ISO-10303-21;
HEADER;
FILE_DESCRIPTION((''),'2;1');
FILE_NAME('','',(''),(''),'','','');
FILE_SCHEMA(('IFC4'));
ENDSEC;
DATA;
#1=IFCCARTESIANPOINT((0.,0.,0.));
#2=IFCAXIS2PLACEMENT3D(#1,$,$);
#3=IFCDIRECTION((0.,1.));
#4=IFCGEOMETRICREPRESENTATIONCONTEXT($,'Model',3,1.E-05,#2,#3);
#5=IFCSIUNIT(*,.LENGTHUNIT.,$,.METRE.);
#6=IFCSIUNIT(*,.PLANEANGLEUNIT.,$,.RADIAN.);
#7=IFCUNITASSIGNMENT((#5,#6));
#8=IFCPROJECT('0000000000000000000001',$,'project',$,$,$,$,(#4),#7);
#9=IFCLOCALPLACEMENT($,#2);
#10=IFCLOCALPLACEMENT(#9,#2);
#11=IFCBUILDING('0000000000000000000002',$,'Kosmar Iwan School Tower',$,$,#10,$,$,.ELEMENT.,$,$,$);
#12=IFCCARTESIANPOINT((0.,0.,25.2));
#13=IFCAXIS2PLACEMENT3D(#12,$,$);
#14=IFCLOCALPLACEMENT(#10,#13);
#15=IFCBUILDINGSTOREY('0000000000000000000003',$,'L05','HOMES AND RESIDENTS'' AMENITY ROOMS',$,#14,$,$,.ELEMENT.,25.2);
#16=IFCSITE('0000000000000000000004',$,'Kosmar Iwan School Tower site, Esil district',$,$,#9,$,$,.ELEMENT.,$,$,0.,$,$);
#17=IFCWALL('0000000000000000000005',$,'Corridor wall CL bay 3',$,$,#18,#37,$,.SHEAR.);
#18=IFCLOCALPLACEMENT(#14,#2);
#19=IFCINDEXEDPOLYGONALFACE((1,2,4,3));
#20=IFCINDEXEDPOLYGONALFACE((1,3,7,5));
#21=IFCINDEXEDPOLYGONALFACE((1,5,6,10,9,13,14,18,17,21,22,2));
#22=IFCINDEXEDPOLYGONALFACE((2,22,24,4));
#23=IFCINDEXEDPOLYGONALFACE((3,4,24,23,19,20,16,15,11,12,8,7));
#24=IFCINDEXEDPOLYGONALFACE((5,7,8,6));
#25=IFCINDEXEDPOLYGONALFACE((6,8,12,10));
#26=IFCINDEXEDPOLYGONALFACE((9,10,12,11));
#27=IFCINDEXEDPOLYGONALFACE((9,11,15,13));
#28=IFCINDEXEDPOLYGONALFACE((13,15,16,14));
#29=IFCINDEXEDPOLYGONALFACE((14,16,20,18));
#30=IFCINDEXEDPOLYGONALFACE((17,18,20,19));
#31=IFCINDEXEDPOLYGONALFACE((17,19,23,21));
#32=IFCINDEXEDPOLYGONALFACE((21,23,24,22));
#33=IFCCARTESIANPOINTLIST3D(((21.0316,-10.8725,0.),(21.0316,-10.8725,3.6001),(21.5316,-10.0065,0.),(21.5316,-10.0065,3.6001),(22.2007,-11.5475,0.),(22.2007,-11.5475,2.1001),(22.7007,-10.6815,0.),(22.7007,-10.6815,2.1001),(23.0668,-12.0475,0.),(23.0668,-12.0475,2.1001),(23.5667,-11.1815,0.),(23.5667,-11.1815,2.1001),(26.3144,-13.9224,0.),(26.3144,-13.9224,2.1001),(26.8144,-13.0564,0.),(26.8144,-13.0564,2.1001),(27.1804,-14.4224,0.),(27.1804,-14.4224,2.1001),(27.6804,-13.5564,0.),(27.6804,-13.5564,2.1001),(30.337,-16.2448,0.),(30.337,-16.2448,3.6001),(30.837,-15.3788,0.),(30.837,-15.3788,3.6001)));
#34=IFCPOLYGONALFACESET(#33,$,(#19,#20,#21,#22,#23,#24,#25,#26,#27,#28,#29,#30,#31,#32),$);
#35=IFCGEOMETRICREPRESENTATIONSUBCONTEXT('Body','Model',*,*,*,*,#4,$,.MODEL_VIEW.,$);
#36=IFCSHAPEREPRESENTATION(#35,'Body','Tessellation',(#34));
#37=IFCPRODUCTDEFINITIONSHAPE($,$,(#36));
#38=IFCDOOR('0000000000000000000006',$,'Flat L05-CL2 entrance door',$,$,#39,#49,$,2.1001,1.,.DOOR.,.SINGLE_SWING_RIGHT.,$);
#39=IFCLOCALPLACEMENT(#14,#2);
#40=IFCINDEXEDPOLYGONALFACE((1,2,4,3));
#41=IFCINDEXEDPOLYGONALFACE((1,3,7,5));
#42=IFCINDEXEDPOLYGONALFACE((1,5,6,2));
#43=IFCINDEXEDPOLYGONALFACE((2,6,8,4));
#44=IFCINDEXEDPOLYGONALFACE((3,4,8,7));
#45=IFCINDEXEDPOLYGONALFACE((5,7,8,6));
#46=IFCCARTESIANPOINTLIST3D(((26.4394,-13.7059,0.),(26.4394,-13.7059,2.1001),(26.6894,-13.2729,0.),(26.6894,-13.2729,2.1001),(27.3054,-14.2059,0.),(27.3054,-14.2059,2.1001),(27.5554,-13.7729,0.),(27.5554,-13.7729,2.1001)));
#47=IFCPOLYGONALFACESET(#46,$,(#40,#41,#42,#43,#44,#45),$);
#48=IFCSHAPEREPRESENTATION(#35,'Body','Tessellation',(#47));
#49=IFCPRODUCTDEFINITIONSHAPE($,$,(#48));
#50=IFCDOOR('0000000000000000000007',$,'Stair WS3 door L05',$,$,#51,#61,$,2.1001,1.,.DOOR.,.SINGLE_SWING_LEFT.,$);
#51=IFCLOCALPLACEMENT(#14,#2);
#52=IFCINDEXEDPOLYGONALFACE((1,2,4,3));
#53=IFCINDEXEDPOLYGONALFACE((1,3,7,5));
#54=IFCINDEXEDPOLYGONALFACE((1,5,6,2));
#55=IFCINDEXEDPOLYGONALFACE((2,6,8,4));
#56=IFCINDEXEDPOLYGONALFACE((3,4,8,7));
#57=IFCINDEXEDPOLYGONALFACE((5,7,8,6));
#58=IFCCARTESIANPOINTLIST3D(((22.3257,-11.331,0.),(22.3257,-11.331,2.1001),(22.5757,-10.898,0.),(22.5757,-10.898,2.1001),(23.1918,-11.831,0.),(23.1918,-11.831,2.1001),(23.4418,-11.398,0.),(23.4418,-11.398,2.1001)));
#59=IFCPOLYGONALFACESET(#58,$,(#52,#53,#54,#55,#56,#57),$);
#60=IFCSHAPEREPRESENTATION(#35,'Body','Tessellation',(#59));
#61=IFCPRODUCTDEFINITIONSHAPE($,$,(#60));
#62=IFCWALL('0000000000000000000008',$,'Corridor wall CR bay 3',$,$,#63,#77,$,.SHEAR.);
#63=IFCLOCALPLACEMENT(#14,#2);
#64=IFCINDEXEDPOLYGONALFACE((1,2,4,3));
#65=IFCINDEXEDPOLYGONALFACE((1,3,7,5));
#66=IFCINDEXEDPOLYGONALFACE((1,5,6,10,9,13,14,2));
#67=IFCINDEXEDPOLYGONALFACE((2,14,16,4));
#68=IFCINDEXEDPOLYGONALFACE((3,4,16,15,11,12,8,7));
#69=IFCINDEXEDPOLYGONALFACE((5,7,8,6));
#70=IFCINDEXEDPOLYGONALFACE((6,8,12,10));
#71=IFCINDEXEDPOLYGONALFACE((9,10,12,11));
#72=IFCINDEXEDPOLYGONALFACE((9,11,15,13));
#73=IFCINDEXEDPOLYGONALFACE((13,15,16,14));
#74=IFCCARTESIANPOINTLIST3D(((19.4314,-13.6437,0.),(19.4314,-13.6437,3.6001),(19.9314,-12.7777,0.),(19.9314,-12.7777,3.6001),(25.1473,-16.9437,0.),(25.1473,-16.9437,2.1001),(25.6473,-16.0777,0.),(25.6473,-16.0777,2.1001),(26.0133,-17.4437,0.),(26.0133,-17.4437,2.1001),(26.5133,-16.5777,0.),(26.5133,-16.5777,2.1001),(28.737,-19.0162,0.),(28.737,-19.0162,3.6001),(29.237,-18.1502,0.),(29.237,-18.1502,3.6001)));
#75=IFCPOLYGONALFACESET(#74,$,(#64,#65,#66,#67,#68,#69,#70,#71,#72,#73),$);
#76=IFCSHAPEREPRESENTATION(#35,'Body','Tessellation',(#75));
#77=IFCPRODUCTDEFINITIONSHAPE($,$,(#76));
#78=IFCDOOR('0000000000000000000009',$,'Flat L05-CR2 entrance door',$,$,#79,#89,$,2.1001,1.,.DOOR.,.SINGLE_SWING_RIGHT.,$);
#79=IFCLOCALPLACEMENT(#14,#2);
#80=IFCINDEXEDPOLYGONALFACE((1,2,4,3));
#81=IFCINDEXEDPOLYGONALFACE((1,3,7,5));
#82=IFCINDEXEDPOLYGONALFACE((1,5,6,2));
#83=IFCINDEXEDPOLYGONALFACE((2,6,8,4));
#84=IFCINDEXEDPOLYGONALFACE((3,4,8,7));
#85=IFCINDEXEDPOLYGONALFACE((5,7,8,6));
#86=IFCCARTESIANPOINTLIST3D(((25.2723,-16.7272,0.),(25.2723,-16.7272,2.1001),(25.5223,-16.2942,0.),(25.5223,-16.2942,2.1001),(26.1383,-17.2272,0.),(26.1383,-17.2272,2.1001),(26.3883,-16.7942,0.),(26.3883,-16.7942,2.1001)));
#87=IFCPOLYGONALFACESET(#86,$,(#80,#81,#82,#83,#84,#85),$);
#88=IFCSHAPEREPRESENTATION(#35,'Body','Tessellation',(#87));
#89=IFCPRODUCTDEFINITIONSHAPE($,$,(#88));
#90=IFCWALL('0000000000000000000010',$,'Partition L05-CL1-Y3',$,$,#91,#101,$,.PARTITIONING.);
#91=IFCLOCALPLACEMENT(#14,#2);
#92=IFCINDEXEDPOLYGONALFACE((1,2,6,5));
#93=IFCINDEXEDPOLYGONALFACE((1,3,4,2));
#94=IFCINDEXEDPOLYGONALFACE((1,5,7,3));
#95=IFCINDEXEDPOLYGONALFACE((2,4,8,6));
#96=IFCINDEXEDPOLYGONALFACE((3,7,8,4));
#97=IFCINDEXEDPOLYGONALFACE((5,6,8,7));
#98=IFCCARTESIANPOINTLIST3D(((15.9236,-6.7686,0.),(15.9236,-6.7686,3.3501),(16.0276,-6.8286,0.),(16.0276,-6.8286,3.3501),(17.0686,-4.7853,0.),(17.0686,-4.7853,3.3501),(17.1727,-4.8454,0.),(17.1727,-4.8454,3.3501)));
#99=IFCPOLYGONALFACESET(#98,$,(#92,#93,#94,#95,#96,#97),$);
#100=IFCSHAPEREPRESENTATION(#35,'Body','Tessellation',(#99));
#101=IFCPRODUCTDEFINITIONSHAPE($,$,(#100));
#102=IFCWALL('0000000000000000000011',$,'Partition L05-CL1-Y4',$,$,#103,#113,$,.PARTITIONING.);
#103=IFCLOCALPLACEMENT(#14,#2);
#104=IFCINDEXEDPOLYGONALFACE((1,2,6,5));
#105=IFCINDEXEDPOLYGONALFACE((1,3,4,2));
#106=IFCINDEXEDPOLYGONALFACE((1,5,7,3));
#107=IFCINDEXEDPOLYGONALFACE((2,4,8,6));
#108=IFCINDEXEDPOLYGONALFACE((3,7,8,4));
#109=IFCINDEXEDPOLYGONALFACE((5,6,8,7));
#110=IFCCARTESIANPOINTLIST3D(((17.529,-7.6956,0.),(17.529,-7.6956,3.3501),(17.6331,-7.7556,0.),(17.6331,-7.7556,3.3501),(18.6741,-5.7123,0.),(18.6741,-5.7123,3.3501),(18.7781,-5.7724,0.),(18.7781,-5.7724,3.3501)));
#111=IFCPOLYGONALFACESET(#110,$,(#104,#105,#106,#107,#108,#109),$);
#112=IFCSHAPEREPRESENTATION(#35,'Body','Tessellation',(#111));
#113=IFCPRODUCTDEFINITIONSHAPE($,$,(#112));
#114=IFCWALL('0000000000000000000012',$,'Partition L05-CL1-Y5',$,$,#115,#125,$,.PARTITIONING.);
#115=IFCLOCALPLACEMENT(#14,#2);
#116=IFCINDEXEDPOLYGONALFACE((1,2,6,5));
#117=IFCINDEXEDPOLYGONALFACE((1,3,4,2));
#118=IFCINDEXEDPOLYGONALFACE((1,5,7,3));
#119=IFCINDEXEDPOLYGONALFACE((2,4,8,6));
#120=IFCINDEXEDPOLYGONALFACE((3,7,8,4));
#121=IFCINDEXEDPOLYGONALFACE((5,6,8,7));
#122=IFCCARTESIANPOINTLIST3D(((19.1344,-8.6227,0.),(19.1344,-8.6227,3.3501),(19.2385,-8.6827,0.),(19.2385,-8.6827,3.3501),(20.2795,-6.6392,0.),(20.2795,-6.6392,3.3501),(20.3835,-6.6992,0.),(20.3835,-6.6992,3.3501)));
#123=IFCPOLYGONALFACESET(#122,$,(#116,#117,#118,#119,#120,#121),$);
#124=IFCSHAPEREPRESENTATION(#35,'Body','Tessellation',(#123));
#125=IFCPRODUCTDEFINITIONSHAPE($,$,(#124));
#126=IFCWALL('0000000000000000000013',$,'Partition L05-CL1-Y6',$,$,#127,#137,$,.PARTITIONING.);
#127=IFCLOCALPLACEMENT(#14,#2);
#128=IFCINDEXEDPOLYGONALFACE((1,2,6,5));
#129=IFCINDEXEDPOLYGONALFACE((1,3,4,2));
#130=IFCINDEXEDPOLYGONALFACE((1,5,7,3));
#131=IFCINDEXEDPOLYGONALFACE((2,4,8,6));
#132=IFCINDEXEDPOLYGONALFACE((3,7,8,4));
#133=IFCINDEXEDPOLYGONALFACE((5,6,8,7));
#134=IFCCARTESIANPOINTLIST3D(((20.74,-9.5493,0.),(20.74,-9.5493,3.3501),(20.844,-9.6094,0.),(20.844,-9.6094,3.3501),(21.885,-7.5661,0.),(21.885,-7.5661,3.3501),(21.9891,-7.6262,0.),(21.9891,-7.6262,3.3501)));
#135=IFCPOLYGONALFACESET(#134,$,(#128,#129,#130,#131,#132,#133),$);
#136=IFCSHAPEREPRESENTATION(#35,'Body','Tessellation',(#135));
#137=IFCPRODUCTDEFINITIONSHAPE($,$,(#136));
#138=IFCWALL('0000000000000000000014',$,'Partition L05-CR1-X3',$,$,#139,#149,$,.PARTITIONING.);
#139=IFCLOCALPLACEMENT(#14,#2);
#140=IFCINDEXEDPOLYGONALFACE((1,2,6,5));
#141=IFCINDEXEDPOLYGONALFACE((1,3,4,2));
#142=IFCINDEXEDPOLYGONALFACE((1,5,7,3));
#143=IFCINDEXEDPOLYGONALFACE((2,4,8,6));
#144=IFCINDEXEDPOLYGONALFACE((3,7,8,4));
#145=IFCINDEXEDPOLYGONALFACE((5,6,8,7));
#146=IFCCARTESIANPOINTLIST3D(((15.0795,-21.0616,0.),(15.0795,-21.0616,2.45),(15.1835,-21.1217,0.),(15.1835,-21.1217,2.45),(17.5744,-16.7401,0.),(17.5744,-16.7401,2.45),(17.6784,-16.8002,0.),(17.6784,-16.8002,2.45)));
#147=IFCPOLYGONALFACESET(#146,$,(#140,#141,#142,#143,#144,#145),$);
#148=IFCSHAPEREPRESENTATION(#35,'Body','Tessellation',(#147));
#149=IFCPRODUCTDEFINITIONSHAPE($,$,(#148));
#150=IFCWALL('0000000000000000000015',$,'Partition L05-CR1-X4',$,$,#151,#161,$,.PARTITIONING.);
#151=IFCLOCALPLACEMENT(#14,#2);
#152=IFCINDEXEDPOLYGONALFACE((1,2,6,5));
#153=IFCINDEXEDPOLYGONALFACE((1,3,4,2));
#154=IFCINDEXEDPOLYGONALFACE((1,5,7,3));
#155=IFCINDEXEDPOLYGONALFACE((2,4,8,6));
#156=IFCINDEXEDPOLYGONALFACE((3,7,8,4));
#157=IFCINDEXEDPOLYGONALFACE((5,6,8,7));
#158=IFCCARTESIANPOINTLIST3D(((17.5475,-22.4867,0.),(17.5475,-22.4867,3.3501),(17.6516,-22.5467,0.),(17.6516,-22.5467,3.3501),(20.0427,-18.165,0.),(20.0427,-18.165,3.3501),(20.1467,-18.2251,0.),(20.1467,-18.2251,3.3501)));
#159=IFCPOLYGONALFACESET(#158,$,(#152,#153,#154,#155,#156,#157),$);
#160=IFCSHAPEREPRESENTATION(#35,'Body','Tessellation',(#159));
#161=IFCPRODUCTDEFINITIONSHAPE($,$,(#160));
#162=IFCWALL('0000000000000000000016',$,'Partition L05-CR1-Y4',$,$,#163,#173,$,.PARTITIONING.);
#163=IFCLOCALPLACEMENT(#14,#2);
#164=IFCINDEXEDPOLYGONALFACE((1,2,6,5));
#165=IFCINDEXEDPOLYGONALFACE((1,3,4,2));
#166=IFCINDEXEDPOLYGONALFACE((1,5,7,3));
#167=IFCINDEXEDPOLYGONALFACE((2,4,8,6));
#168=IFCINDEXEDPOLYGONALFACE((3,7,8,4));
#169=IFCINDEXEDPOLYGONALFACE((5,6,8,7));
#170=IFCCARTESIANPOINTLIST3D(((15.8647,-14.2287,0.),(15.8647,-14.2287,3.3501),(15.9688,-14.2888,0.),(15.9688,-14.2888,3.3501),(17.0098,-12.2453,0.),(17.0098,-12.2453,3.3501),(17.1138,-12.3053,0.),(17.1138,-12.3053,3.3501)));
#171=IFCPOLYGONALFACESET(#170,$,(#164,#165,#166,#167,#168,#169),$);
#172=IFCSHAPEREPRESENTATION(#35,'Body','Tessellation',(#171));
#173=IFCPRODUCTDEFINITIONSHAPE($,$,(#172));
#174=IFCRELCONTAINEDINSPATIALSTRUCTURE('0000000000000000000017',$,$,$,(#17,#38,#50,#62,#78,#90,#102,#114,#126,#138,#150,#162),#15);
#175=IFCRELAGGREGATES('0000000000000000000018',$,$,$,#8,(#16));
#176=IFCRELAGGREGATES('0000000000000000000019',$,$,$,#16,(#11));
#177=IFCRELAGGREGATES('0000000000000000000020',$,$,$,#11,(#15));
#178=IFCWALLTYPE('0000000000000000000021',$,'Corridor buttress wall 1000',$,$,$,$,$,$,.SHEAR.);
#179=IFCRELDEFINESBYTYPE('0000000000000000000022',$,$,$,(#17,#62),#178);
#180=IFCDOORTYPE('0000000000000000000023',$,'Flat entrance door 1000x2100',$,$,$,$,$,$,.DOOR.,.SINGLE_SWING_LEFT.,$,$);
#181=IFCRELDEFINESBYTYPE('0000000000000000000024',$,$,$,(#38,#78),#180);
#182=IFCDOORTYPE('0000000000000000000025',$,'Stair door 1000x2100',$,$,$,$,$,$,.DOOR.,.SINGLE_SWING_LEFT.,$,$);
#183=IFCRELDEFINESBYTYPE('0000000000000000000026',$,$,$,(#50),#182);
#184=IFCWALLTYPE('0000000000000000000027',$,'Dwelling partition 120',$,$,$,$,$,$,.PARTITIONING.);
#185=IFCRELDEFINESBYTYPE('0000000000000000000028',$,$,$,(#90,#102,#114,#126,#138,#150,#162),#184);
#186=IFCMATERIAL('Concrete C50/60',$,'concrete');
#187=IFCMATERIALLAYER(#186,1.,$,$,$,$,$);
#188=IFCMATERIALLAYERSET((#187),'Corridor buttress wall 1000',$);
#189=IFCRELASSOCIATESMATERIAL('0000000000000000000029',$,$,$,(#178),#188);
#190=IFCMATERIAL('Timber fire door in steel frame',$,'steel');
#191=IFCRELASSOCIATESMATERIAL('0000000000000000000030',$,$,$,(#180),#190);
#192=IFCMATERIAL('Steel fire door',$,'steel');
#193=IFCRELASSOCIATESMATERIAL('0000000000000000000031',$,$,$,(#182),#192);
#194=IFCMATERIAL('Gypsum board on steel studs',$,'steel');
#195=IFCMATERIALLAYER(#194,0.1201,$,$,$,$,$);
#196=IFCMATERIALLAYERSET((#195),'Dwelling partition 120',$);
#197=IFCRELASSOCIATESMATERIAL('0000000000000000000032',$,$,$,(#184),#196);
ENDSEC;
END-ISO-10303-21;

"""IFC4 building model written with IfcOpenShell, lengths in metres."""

from ifc_helpers import new_model, si_unit, direction, frame, frame_2d, origin, place, context, subcontext, project, spatial, rectangle, extrude, material, layer, layer_set, type_object, element, fill, save


model = new_model("IFC4")

# Units and contexts
model_context = context("Model", 3, precision=1e-05, world=origin(), true_north=direction((0.0, 1.0)))
body_context = subcontext(model_context, "Body", "Model", "MODEL_VIEW")
ifc_project = project(units=[si_unit("LENGTHUNIT", "METRE"), si_unit("PLANEANGLEUNIT", "RADIAN")], contexts=[model_context])

# Site, building, storey
site_placement = place(None, origin())
site = spatial("IfcSite", under=ifc_project, at=site_placement, Name="Kosmar Iwan School Tower site, Esil district", CompositionType="ELEMENT", RefElevation=0.0)
building_placement = place(site_placement, origin())
building = spatial("IfcBuilding", under=site, at=building_placement, Name="Kosmar Iwan School Tower", CompositionType="ELEMENT")
storey_placement = place(building_placement, frame((0.0, 0.0, 25.2)))
storey = spatial("IfcBuildingStorey", under=building, at=storey_placement, Name="L05", Description="HOMES AND RESIDENTS' AMENITY ROOMS", CompositionType="ELEMENT", Elevation=25.2)

# Shared definitions
ifc_material_1 = material(Name="Concrete C50/60", Category="concrete")
ifc_layer_1 = layer(ifc_material_1, 1.0)
ifc_layer_set_1 = layer_set([ifc_layer_1], Name="Corridor buttress wall 1000")
wall_type_1 = type_object("IfcWallType", Name="Corridor buttress wall 1000", PredefinedType="SHEAR", material=ifc_layer_set_1)

# Wall, openings, doors
wall_1_placement = place(storey_placement, frame((21.2815, -10.4395, 0.0), z_axis=(0.0, 0.0, 1.0), x_axis=(0.866032, -0.499988, 0.0)))
wall_1 = element("IfcWall", 1, at=wall_1_placement, inside=storey, type_object=wall_type_1, Name="Corridor wall CL bay 3", PredefinedType="SHEAR", context=body_context, shape_type="SweptSolid", body=[
    extrude(rectangle(XDim=10.7449, YDim=1.0, at=frame_2d((5.3726, 0.0))), origin(), (0.0, 0.0, 1.0), 3.6001),
])
opening_1_placement = place(wall_1_placement, frame((6.1001, 0.0, 0.0)))
opening_1 = element("IfcOpeningElement", 2, at=opening_1_placement, cuts=wall_1, PredefinedType="OPENING", context=body_context, shape_type="SweptSolid", body=[
    extrude(rectangle(XDim=1.0, YDim=2.1001, at=frame_2d((0.5, 1.05))), frame((0.0, 0.512, 0.0), z_axis=(0.0, -1.0, 0.0), x_axis=(1.0, 0.0, 0.0)), (0.0, 0.0, 1.0), 1.0239),
])
opening_2_placement = place(wall_1_placement, frame((1.3501, 0.0, 0.0)))
opening_2 = element("IfcOpeningElement", 3, at=opening_2_placement, cuts=wall_1, PredefinedType="OPENING", context=body_context, shape_type="SweptSolid", body=[
    extrude(rectangle(XDim=1.0, YDim=2.1001, at=frame_2d((0.5, 1.05))), frame((0.0, 0.512, 0.0), z_axis=(0.0, -1.0, 0.0), x_axis=(1.0, 0.0, 0.0)), (0.0, 0.0, 1.0), 1.0239),
])
ifc_material_2 = material(Name="Timber fire door in steel frame", Category="steel")
door_type_1 = type_object("IfcDoorType", Name="Flat entrance door 1000x2100", OperationType="SINGLE_SWING_LEFT", PredefinedType="DOOR", material=ifc_material_2)
door_1_placement = place(opening_1_placement, origin())
door_1 = element("IfcDoor", 4, at=door_1_placement, inside=storey, type_object=door_type_1, Name="Flat L05-CL2 entrance door", OperationType="SINGLE_SWING_RIGHT", OverallHeight=2.1001, OverallWidth=1.0, PredefinedType="DOOR", context=body_context, shape_type="SweptSolid", body=[
    extrude(rectangle(XDim=1.0, YDim=2.1001, at=frame_2d((0.5, 1.05))), frame((0.0, 0.25, 0.0), z_axis=(0.0, -1.0, 0.0), x_axis=(1.0, 0.0, 0.0)), (0.0, 0.0, 1.0), 0.5),
])
fill(opening_1, door_1)
ifc_material_3 = material(Name="Steel fire door", Category="steel")
door_type_2 = type_object("IfcDoorType", Name="Stair door 1000x2100", OperationType="SINGLE_SWING_LEFT", PredefinedType="DOOR", material=ifc_material_3)
door_2_placement = place(opening_2_placement, origin())
door_2 = element("IfcDoor", 5, at=door_2_placement, inside=storey, type_object=door_type_2, Name="Stair WS3 door L05", OperationType="SINGLE_SWING_LEFT", OverallHeight=2.1001, OverallWidth=1.0, PredefinedType="DOOR", context=body_context, shape_type="SweptSolid", body=[
    extrude(rectangle(XDim=1.0, YDim=2.1001, at=frame_2d((0.5, 1.05))), frame((0.0, 0.25, 0.0), z_axis=(0.0, -1.0, 0.0), x_axis=(1.0, 0.0, 0.0)), (0.0, 0.0, 1.0), 0.5),
])
fill(opening_2, door_2)

# Wall, opening, door
wall_2_placement = place(storey_placement, frame((19.6814, -13.2107, 0.0), z_axis=(0.0, 0.0, 1.0), x_axis=(0.866028, -0.499995, 0.0)))
wall_2 = element("IfcWall", 6, at=wall_2_placement, inside=storey, type_object=wall_type_1, Name="Corridor wall CR bay 3", PredefinedType="SHEAR", context=body_context, shape_type="SweptSolid", body=[
    extrude(rectangle(XDim=10.7451, YDim=1.0, at=frame_2d((5.3726, 0.0))), origin(), (0.0, 0.0, 1.0), 3.6001),
])
opening_3_placement = place(wall_2_placement, frame((6.6001, 0.0, 0.0)))
opening_3 = element("IfcOpeningElement", 7, at=opening_3_placement, cuts=wall_2, PredefinedType="OPENING", context=body_context, shape_type="SweptSolid", body=[
    extrude(rectangle(XDim=1.0, YDim=2.1001, at=frame_2d((0.5, 1.05))), frame((0.0, 0.512, 0.0), z_axis=(0.0, -1.0, 0.0), x_axis=(1.0, 0.0, 0.0)), (0.0, 0.0, 1.0), 1.0239),
])
door_3_placement = place(opening_3_placement, origin())
door_3 = element("IfcDoor", 8, at=door_3_placement, inside=storey, type_object=door_type_1, Name="Flat L05-CR2 entrance door", OperationType="SINGLE_SWING_RIGHT", OverallHeight=2.1001, OverallWidth=1.0, PredefinedType="DOOR", context=body_context, shape_type="SweptSolid", body=[
    extrude(rectangle(XDim=1.0, YDim=2.1001, at=frame_2d((0.5, 1.05))), frame((0.0, 0.25, 0.0), z_axis=(0.0, -1.0, 0.0), x_axis=(1.0, 0.0, 0.0)), (0.0, 0.0, 1.0), 0.5),
])
fill(opening_3, door_3)

# Walls
ifc_material_4 = material(Name="Gypsum board on steel studs", Category="steel")
ifc_layer_2 = layer(ifc_material_4, 0.1201)
ifc_layer_set_2 = layer_set([ifc_layer_2], Name="Dwelling partition 120")
wall_type_2 = type_object("IfcWallType", Name="Dwelling partition 120", PredefinedType="PARTITIONING", material=ifc_layer_set_2)
for number, where, z_axis, x_axis, name in (
    (9, (15.9756, -6.7986, 0.0), (0.0, 0.0, 1.0), (0.500015, 0.866017, 0.0), "Partition L05-CL1-Y3"),
    (10, (17.5811, -7.7256, 0.0), (0.0, 0.0, 1.0), (0.500015, 0.866017, 0.0), "Partition L05-CL1-Y4"),
):
    element("IfcWall", number, at=place(storey_placement, frame(where, z_axis=z_axis, x_axis=x_axis)), inside=storey, type_object=wall_type_2, Name=name, PredefinedType="PARTITIONING", context=body_context, shape_type="SweptSolid", body=[
        extrude(rectangle(XDim=2.29, YDim=0.1201, at=frame_2d((1.145, 0.0))), origin(), (0.0, 0.0, 1.0), 3.3501),
    ])
wall_3_placement = place(storey_placement, frame((19.1865, -8.6526, 0.0), z_axis=(0.0, 0.0, 1.0), x_axis=(0.499969, 0.866044, 0.0)))
element("IfcWall", 11, at=wall_3_placement, inside=storey, type_object=wall_type_2, Name="Partition L05-CL1-Y5", PredefinedType="PARTITIONING", context=body_context, shape_type="SweptSolid", body=[
    extrude(rectangle(XDim=2.2903, YDim=0.1201, at=frame_2d((1.145, 0.0))), origin(), (0.0, 0.0, 1.0), 3.3501),
])
wall_4_placement = place(storey_placement, frame((20.792, -9.5793, 0.0), z_axis=(0.0, 0.0, 1.0), x_axis=(0.500015, 0.866017, 0.0)))
element("IfcWall", 12, at=wall_4_placement, inside=storey, type_object=wall_type_2, Name="Partition L05-CL1-Y6", PredefinedType="PARTITIONING", context=body_context, shape_type="SweptSolid", body=[
    extrude(rectangle(XDim=2.29, YDim=0.1201, at=frame_2d((1.145, 0.0))), origin(), (0.0, 0.0, 1.0), 3.3501),
])
wall_5_placement = place(storey_placement, frame((17.6265, -16.77, 0.0), z_axis=(0.0, 0.0, 1.0), x_axis=(-0.499975, -0.86604, 0.0)))
element("IfcWall", 13, at=wall_5_placement, inside=storey, type_object=wall_type_2, Name="Partition L05-CR1-X3", PredefinedType="PARTITIONING", context=body_context, shape_type="SweptSolid", body=[
    extrude(rectangle(XDim=4.99, YDim=0.1201, at=frame_2d((2.4951, 0.0))), origin(), (0.0, 0.0, 1.0), 2.45),
])
wall_6_placement = place(storey_placement, frame((20.0947, -18.1951, 0.0), z_axis=(0.0, 0.0, 1.0), x_axis=(-0.500012, -0.866019, 0.0)))
element("IfcWall", 14, at=wall_6_placement, inside=storey, type_object=wall_type_2, Name="Partition L05-CR1-X4", PredefinedType="PARTITIONING", context=body_context, shape_type="SweptSolid", body=[
    extrude(rectangle(XDim=4.9902, YDim=0.1201, at=frame_2d((2.4951, 0.0))), origin(), (0.0, 0.0, 1.0), 3.3501),
])
wall_7_placement = place(storey_placement, frame((17.0618, -12.2754, 0.0), z_axis=(0.0, 0.0, 1.0), x_axis=(-0.499969, -0.866044, 0.0)))
element("IfcWall", 15, at=wall_7_placement, inside=storey, type_object=wall_type_2, Name="Partition L05-CR1-Y4", PredefinedType="PARTITIONING", context=body_context, shape_type="SweptSolid", body=[
    extrude(rectangle(XDim=2.2903, YDim=0.1201, at=frame_2d((1.145, 0.0))), origin(), (0.0, 0.0, 1.0), 3.3501),
])

save(model, "model.ifc")
